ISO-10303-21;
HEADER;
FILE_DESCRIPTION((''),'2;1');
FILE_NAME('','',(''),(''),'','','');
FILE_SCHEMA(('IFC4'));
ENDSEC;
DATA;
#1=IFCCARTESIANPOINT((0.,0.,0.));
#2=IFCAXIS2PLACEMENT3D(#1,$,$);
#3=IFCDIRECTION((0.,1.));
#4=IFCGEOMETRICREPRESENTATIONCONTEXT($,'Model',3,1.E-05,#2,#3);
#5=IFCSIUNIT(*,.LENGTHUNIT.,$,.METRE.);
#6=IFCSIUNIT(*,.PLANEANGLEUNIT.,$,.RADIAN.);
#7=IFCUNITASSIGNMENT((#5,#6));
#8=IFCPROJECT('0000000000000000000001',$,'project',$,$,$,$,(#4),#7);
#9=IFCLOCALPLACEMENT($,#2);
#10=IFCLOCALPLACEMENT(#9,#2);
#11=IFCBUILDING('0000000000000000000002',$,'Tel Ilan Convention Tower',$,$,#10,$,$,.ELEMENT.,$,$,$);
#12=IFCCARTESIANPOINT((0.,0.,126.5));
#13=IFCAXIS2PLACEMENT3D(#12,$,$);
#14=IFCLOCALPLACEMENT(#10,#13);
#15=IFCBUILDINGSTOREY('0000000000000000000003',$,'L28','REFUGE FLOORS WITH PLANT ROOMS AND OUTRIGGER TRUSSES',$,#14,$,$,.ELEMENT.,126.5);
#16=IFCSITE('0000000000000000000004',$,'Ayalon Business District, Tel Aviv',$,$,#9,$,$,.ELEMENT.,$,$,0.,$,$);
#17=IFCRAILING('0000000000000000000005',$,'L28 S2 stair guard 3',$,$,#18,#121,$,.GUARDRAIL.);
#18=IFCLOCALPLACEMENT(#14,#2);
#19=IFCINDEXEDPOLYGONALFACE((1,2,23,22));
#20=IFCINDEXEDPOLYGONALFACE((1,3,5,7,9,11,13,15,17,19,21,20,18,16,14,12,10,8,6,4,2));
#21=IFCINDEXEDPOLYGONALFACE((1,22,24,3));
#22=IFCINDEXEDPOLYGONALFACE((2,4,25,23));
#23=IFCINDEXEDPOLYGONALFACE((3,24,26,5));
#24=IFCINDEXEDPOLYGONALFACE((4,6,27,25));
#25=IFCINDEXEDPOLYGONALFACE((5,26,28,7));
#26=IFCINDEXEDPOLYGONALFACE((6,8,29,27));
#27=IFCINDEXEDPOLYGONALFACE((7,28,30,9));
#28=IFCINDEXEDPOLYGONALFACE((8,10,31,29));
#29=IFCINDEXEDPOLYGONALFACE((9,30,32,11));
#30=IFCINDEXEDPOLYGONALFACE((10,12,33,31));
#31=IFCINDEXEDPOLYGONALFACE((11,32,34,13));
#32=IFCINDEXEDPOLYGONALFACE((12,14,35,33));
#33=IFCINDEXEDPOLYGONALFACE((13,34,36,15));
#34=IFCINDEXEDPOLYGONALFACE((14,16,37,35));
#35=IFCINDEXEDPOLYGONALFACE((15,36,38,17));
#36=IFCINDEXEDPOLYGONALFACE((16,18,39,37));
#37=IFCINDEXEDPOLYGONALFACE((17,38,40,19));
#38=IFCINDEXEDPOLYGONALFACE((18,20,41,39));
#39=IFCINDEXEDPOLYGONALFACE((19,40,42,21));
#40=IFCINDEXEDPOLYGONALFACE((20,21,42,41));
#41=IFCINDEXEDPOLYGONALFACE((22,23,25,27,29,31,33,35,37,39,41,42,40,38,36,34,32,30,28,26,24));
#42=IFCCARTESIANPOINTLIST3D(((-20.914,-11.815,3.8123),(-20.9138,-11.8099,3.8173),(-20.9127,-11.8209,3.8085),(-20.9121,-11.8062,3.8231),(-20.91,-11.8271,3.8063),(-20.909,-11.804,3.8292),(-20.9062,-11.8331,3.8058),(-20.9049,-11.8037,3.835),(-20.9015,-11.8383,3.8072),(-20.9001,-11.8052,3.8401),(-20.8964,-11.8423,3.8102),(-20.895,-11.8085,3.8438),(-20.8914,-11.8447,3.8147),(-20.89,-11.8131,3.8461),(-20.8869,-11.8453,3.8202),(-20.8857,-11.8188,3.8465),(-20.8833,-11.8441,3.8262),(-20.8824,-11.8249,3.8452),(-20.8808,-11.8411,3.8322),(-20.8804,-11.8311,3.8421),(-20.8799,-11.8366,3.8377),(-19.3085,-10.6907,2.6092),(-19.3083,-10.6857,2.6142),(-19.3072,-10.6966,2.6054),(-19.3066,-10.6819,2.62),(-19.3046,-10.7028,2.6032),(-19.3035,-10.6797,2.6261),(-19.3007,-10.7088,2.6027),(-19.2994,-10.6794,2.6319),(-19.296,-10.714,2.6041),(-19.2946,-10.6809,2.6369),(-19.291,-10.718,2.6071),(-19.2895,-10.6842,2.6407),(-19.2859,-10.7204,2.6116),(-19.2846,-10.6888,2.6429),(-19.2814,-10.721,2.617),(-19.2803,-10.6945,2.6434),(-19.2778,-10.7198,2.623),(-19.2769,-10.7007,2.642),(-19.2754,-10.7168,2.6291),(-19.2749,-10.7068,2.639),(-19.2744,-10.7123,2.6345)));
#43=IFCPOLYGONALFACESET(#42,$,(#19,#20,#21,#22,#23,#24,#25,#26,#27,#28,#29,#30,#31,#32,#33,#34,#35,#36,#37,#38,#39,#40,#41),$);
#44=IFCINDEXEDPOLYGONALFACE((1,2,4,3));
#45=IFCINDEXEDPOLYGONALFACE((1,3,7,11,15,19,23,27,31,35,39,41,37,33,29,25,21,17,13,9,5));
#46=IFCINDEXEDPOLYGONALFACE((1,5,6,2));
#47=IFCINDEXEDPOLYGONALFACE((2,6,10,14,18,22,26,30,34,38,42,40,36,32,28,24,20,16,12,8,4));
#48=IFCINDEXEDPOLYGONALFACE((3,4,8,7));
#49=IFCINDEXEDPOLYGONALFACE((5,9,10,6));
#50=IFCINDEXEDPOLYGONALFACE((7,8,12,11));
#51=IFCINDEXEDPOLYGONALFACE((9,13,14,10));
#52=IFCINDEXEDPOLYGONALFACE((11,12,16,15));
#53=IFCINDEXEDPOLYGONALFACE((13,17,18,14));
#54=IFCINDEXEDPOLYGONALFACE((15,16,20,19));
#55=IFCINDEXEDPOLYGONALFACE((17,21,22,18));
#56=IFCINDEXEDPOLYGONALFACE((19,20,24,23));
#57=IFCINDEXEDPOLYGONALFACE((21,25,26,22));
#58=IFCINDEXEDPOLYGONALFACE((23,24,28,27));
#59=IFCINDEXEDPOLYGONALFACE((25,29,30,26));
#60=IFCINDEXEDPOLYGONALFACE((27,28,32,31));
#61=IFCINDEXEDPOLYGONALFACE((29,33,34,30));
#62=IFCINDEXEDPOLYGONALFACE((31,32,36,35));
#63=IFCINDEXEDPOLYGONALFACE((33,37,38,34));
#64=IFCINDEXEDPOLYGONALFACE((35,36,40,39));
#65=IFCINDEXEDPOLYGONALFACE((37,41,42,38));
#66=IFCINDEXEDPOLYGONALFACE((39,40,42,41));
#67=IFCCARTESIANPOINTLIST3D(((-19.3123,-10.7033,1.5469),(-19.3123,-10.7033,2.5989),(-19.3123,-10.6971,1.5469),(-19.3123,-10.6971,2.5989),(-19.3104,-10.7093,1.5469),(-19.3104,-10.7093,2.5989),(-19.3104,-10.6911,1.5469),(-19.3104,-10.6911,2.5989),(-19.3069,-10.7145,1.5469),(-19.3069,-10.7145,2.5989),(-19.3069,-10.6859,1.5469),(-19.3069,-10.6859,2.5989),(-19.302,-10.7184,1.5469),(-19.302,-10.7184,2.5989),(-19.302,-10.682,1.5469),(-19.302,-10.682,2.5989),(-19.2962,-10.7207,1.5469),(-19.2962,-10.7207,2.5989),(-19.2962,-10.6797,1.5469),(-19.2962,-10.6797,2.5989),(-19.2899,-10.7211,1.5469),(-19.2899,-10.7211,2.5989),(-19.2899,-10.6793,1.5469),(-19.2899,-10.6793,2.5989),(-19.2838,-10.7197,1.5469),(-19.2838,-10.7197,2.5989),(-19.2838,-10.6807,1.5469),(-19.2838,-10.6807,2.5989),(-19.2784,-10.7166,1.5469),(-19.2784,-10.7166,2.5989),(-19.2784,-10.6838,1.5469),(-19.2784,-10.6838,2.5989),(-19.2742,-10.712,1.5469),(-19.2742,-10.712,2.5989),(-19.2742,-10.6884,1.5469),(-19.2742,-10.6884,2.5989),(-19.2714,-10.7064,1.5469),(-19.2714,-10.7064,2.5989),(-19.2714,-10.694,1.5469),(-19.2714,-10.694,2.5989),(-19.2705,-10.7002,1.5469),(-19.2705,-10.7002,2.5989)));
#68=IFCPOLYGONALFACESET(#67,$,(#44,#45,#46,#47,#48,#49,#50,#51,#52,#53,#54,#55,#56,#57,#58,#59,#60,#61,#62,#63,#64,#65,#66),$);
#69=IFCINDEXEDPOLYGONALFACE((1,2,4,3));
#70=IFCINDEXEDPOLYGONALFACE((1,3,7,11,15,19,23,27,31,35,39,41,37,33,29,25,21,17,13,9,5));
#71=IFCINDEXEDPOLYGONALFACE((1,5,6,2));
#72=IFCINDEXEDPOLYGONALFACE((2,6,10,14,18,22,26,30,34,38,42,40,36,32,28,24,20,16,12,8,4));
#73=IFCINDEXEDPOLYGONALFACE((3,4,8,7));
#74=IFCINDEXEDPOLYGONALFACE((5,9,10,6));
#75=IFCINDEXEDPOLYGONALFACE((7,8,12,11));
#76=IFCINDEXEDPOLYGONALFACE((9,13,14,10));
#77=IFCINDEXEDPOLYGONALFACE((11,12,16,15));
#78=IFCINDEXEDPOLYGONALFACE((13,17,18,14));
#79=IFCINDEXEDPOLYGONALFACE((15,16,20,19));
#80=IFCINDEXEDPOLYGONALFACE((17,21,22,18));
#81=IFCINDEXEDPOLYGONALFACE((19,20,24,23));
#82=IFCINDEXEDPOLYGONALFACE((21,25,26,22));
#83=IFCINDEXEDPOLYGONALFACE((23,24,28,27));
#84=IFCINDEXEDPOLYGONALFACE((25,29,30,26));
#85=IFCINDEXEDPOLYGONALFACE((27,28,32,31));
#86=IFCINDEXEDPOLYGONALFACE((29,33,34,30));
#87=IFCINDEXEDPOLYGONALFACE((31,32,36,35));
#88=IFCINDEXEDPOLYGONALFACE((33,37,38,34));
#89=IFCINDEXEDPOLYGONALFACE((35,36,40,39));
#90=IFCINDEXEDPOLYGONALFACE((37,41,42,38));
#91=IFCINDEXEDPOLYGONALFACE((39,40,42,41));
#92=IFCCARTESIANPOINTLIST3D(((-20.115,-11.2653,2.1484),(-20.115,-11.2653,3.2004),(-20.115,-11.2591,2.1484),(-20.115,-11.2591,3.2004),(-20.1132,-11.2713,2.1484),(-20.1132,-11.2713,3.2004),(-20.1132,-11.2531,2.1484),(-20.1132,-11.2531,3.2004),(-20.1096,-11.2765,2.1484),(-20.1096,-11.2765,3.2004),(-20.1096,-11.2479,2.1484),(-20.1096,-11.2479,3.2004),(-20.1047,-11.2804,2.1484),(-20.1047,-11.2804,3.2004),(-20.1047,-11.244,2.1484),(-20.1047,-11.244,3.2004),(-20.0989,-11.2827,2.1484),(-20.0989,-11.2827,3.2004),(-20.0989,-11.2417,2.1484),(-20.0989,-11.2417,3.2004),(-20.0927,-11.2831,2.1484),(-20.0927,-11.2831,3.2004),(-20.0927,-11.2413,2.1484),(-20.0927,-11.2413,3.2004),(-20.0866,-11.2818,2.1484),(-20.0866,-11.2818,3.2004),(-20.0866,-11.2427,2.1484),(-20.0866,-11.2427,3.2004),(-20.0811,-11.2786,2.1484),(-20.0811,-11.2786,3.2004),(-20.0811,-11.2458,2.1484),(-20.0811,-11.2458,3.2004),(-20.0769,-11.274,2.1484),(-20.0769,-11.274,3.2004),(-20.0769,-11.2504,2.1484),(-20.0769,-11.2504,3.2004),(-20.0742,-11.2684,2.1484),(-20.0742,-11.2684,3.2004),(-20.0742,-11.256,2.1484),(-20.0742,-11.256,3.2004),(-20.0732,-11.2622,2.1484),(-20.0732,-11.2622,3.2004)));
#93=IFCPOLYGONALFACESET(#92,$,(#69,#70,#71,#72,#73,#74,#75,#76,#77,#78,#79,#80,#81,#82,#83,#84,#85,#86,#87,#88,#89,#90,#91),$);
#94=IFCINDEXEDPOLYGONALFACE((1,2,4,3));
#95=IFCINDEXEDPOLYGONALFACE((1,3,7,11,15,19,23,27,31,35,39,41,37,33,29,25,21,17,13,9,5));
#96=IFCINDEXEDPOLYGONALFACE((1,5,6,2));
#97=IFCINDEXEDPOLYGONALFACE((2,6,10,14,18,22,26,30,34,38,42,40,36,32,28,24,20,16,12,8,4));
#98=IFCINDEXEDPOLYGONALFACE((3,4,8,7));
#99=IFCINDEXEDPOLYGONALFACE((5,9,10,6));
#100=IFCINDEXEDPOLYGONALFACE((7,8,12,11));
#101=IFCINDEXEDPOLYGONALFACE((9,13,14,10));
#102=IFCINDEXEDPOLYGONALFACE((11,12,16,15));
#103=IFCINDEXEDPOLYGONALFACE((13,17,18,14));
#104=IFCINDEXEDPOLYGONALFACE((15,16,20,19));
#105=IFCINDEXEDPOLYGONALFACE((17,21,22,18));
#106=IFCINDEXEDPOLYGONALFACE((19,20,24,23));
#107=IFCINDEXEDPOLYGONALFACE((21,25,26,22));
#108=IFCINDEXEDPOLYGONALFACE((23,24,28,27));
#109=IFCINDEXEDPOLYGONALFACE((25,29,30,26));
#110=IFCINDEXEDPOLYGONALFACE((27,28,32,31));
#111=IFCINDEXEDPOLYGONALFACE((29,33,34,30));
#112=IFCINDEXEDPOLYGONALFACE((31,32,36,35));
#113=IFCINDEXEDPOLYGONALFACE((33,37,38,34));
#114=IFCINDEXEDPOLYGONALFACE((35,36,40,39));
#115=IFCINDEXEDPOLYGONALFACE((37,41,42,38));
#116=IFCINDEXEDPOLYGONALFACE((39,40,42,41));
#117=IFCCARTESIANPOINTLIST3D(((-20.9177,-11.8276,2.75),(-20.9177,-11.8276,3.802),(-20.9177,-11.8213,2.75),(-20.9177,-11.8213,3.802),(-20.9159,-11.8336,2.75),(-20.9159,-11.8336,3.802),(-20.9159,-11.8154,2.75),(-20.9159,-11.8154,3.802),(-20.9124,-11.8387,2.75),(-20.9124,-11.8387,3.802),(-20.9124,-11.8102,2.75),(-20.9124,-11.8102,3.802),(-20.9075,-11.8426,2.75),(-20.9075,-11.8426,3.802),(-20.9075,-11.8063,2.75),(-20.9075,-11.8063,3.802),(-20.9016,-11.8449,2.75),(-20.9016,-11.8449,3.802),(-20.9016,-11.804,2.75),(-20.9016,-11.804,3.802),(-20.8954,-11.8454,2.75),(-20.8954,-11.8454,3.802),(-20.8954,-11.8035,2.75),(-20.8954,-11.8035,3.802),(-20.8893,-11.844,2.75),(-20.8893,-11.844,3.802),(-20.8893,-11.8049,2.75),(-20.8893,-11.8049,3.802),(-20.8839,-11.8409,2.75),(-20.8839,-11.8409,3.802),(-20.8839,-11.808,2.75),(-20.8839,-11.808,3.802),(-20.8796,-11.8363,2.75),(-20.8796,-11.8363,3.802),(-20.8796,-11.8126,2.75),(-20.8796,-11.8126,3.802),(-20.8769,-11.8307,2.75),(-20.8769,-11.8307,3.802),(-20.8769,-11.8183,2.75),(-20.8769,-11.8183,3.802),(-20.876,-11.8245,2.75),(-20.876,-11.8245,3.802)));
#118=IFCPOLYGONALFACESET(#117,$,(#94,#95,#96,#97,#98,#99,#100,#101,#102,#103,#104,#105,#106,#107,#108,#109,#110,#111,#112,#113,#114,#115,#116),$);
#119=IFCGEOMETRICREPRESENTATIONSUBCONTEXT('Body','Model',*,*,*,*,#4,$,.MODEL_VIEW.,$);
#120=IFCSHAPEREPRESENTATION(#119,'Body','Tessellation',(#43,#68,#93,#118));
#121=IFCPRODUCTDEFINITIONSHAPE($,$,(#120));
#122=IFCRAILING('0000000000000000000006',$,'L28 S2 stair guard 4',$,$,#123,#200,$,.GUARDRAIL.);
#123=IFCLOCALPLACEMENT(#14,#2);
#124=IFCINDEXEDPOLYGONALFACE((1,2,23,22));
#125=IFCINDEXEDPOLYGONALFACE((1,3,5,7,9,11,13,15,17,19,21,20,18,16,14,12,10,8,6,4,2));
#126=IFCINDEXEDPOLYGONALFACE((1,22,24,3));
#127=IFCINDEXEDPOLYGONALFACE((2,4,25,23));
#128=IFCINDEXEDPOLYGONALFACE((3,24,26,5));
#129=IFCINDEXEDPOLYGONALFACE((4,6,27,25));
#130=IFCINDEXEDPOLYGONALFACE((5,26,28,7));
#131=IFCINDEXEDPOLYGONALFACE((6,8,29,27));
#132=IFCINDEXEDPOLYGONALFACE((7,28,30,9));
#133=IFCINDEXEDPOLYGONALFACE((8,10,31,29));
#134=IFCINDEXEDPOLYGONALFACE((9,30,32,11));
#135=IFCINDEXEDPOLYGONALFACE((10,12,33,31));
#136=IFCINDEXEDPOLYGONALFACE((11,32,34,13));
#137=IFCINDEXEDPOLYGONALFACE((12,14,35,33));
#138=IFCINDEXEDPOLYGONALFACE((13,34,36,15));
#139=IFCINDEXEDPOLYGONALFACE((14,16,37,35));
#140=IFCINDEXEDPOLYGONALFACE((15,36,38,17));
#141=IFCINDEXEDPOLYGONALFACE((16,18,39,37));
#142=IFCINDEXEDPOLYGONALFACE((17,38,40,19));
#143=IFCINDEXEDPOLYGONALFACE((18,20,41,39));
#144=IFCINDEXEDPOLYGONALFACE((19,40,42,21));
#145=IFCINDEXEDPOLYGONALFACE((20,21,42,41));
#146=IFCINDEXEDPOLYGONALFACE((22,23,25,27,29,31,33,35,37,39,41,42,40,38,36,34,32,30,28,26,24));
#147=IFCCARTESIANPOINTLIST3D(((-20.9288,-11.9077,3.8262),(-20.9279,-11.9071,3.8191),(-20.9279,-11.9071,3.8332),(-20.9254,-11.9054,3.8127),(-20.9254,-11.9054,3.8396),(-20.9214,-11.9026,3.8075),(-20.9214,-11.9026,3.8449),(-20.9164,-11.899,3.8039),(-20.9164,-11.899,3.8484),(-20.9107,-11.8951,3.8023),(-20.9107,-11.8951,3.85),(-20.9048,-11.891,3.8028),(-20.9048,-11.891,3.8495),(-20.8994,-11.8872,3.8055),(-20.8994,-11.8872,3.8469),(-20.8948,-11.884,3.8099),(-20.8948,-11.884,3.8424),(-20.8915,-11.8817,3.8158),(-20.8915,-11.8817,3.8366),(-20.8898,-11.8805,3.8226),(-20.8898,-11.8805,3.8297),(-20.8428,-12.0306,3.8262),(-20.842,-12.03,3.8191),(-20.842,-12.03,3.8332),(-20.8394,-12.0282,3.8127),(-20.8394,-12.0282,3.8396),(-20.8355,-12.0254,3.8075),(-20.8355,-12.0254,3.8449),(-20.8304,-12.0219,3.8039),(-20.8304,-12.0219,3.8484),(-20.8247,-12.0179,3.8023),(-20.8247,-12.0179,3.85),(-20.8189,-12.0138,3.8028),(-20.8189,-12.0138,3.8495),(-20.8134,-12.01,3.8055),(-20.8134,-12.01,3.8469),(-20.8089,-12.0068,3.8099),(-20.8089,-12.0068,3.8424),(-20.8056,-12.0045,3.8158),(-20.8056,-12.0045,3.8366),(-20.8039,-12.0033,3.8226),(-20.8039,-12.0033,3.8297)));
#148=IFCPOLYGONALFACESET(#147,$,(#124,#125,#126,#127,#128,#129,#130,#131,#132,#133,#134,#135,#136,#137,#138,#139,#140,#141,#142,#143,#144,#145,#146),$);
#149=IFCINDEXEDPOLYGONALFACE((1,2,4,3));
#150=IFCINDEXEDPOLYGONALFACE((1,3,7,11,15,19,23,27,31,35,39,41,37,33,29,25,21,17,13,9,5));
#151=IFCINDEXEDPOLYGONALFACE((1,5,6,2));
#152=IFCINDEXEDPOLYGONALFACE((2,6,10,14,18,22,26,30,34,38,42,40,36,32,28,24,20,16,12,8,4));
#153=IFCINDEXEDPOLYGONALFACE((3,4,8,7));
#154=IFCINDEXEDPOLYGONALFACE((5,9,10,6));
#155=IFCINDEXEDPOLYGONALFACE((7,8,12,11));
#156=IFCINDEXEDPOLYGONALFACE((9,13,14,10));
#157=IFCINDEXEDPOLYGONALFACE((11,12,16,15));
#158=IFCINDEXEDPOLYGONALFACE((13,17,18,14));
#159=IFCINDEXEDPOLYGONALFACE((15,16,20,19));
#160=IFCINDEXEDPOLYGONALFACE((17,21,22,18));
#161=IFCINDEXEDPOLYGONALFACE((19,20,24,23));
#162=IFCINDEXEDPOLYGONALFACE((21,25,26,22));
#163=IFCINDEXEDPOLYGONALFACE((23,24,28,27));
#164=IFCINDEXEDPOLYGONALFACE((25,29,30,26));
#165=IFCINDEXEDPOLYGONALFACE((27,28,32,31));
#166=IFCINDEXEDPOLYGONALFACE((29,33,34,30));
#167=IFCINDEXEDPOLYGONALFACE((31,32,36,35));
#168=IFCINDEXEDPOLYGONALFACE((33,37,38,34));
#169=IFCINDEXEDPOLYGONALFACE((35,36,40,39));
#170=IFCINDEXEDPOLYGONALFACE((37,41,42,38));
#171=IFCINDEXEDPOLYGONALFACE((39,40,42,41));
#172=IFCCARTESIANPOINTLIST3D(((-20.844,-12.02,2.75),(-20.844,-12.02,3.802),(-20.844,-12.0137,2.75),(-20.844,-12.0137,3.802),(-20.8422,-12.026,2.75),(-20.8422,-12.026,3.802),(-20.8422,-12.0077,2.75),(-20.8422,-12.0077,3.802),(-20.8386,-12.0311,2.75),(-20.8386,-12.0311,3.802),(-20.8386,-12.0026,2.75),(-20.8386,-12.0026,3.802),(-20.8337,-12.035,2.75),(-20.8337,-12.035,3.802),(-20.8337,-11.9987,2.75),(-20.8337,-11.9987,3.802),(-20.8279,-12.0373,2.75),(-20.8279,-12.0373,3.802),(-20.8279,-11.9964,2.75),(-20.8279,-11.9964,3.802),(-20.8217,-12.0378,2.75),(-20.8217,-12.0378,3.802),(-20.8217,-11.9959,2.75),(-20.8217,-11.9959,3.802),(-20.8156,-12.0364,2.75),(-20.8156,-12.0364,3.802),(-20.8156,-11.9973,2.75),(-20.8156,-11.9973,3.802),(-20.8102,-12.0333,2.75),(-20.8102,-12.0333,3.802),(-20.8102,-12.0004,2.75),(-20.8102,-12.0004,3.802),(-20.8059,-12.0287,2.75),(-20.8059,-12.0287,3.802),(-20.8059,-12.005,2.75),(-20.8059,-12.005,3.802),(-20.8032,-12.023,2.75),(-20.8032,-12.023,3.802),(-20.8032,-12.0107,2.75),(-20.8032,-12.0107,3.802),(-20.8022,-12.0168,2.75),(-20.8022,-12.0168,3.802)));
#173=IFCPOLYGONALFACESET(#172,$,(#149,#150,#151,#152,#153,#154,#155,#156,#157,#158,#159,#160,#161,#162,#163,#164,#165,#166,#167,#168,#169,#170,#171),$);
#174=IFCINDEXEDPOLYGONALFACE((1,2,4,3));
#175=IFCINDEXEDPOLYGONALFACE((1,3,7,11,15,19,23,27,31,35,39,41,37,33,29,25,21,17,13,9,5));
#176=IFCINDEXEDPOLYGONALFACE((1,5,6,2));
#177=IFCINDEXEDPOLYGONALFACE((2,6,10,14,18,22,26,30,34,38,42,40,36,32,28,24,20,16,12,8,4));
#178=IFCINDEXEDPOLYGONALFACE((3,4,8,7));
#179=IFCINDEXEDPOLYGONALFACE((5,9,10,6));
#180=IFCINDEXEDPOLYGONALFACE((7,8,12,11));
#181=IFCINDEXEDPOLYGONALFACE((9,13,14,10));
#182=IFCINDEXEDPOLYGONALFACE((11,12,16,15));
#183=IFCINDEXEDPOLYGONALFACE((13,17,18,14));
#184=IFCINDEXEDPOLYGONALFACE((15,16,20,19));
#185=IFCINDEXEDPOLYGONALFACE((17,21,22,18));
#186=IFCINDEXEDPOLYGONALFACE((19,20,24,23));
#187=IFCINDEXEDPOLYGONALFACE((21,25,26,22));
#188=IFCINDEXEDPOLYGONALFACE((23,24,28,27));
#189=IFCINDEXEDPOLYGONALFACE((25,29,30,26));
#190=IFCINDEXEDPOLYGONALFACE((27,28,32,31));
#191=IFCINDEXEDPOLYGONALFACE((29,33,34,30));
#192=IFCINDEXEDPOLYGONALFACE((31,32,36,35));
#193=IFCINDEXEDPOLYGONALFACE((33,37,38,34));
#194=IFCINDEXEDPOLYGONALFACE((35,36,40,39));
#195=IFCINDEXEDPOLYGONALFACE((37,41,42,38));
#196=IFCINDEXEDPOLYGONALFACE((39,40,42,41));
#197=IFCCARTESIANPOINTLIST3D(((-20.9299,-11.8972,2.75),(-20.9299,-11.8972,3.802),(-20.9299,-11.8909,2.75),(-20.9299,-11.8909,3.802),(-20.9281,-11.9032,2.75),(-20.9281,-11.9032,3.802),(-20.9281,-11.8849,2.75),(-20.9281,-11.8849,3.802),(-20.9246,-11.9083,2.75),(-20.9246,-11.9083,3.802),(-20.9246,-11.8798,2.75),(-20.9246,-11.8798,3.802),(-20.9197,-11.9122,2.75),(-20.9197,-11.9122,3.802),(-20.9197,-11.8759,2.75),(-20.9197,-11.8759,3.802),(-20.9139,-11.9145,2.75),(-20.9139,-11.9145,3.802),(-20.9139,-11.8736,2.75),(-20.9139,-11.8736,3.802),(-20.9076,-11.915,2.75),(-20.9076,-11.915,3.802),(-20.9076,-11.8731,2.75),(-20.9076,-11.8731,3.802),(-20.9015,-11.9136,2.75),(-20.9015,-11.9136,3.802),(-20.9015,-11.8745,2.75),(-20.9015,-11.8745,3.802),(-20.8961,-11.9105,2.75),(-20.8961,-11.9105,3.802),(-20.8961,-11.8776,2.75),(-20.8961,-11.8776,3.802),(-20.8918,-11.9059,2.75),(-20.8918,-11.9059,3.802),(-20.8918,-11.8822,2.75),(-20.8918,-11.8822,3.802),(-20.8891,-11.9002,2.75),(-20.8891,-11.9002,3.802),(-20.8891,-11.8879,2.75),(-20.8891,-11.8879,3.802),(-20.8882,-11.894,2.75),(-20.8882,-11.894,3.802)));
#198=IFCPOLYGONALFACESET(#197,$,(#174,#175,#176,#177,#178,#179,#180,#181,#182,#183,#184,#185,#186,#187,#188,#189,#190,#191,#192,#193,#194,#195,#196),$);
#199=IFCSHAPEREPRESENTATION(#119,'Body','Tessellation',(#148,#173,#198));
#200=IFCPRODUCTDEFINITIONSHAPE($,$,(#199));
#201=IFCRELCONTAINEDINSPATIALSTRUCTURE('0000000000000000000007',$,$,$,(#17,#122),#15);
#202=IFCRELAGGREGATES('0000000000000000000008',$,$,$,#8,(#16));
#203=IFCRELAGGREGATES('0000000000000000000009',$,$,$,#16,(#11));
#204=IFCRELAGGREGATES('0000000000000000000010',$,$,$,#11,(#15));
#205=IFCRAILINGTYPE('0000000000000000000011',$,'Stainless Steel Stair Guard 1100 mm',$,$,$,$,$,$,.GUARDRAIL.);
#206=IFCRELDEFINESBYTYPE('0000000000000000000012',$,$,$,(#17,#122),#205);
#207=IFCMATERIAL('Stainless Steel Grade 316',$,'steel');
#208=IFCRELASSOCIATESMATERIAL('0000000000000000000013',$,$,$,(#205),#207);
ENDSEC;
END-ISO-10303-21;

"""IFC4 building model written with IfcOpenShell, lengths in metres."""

from ifc_helpers import new_model, si_unit, direction, frame, origin, origin_2d, place, context, subcontext, project, spatial, circle, extrude, material, type_object, element, save


model = new_model("IFC4")

# Units and contexts
model_context = context("Model", 3, precision=1e-05, world=origin(), true_north=direction((0.0, 1.0)))
body_context = subcontext(model_context, "Body", "Model", "MODEL_VIEW")
ifc_project = project(units=[si_unit("LENGTHUNIT", "METRE"), si_unit("PLANEANGLEUNIT", "RADIAN")], contexts=[model_context])

# Site, building, storey
site_placement = place(None, origin())
site = spatial("IfcSite", under=ifc_project, at=site_placement, Name="Ayalon Business District, Tel Aviv", CompositionType="ELEMENT", RefElevation=0.0)
building_placement = place(site_placement, origin())
building = spatial("IfcBuilding", under=site, at=building_placement, Name="Tel Ilan Convention Tower", CompositionType="ELEMENT")
storey_placement = place(building_placement, frame((0.0, 0.0, 126.5)))
storey = spatial("IfcBuildingStorey", under=building, at=storey_placement, Name="L28", Description="REFUGE FLOORS WITH PLANT ROOMS AND OUTRIGGER TRUSSES", CompositionType="ELEMENT", Elevation=126.5)

# Railings
ifc_material_1 = material(Name="Stainless Steel Grade 316", Category="steel")
railing_type_1 = type_object("IfcRailingType", Name="Stainless Steel Stair Guard 1100 mm", PredefinedType="GUARDRAIL", material=ifc_material_1)
railing_1_placement = place(storey_placement, frame((-19.2915, -10.7002, 1.5469)))
element("IfcRailing", 1, at=railing_1_placement, inside=storey, type_object=railing_type_1, Name="L28 S2 stair guard 3", PredefinedType="GUARDRAIL", context=body_context, shape_type="SweptSolid", body=[
    extrude(circle(Radius=0.0239, at=origin_2d()), frame((0.0, 0.0, 1.0762), z_axis=(-0.698095, -0.488857, 0.523146), x_axis=(0.573613, -0.819127, 0.0)), (0.0, 0.0, 1.0), 2.2998),
    extrude(circle(Radius=0.021, at=origin_2d()), origin(), (0.0, 0.0, 1.0), 1.052),
    extrude(circle(Radius=0.021, at=origin_2d()), frame((-0.8027, -0.562, 0.6016)), (0.0, 0.0, 1.0), 1.052),
    extrude(circle(Radius=0.021, at=origin_2d()), frame((-1.6055, -1.1243, 1.2031)), (0.0, 0.0, 1.0), 1.052),
])
railing_2_placement = place(storey_placement, frame((-20.8232, -12.0168, 2.75)))
element("IfcRailing", 2, at=railing_2_placement, inside=storey, type_object=railing_type_1, Name="L28 S2 stair guard 4", PredefinedType="GUARDRAIL", context=body_context, shape_type="SweptSolid", body=[
    extrude(circle(Radius=0.0239, at=origin_2d()), frame((0.0, 0.0, 1.0762), z_axis=(-0.573353, 0.819308, 0.0), x_axis=(-0.819308, -0.573353, 0.0)), (0.0, 0.0, 1.0), 0.1499),
    extrude(circle(Radius=0.021, at=origin_2d()), origin(), (0.0, 0.0, 1.0), 1.052),
    extrude(circle(Radius=0.021, at=origin_2d()), frame((-0.0859, 0.1228, 0.0)), (0.0, 0.0, 1.0), 1.052),
])

save(model, "model.ifc")
